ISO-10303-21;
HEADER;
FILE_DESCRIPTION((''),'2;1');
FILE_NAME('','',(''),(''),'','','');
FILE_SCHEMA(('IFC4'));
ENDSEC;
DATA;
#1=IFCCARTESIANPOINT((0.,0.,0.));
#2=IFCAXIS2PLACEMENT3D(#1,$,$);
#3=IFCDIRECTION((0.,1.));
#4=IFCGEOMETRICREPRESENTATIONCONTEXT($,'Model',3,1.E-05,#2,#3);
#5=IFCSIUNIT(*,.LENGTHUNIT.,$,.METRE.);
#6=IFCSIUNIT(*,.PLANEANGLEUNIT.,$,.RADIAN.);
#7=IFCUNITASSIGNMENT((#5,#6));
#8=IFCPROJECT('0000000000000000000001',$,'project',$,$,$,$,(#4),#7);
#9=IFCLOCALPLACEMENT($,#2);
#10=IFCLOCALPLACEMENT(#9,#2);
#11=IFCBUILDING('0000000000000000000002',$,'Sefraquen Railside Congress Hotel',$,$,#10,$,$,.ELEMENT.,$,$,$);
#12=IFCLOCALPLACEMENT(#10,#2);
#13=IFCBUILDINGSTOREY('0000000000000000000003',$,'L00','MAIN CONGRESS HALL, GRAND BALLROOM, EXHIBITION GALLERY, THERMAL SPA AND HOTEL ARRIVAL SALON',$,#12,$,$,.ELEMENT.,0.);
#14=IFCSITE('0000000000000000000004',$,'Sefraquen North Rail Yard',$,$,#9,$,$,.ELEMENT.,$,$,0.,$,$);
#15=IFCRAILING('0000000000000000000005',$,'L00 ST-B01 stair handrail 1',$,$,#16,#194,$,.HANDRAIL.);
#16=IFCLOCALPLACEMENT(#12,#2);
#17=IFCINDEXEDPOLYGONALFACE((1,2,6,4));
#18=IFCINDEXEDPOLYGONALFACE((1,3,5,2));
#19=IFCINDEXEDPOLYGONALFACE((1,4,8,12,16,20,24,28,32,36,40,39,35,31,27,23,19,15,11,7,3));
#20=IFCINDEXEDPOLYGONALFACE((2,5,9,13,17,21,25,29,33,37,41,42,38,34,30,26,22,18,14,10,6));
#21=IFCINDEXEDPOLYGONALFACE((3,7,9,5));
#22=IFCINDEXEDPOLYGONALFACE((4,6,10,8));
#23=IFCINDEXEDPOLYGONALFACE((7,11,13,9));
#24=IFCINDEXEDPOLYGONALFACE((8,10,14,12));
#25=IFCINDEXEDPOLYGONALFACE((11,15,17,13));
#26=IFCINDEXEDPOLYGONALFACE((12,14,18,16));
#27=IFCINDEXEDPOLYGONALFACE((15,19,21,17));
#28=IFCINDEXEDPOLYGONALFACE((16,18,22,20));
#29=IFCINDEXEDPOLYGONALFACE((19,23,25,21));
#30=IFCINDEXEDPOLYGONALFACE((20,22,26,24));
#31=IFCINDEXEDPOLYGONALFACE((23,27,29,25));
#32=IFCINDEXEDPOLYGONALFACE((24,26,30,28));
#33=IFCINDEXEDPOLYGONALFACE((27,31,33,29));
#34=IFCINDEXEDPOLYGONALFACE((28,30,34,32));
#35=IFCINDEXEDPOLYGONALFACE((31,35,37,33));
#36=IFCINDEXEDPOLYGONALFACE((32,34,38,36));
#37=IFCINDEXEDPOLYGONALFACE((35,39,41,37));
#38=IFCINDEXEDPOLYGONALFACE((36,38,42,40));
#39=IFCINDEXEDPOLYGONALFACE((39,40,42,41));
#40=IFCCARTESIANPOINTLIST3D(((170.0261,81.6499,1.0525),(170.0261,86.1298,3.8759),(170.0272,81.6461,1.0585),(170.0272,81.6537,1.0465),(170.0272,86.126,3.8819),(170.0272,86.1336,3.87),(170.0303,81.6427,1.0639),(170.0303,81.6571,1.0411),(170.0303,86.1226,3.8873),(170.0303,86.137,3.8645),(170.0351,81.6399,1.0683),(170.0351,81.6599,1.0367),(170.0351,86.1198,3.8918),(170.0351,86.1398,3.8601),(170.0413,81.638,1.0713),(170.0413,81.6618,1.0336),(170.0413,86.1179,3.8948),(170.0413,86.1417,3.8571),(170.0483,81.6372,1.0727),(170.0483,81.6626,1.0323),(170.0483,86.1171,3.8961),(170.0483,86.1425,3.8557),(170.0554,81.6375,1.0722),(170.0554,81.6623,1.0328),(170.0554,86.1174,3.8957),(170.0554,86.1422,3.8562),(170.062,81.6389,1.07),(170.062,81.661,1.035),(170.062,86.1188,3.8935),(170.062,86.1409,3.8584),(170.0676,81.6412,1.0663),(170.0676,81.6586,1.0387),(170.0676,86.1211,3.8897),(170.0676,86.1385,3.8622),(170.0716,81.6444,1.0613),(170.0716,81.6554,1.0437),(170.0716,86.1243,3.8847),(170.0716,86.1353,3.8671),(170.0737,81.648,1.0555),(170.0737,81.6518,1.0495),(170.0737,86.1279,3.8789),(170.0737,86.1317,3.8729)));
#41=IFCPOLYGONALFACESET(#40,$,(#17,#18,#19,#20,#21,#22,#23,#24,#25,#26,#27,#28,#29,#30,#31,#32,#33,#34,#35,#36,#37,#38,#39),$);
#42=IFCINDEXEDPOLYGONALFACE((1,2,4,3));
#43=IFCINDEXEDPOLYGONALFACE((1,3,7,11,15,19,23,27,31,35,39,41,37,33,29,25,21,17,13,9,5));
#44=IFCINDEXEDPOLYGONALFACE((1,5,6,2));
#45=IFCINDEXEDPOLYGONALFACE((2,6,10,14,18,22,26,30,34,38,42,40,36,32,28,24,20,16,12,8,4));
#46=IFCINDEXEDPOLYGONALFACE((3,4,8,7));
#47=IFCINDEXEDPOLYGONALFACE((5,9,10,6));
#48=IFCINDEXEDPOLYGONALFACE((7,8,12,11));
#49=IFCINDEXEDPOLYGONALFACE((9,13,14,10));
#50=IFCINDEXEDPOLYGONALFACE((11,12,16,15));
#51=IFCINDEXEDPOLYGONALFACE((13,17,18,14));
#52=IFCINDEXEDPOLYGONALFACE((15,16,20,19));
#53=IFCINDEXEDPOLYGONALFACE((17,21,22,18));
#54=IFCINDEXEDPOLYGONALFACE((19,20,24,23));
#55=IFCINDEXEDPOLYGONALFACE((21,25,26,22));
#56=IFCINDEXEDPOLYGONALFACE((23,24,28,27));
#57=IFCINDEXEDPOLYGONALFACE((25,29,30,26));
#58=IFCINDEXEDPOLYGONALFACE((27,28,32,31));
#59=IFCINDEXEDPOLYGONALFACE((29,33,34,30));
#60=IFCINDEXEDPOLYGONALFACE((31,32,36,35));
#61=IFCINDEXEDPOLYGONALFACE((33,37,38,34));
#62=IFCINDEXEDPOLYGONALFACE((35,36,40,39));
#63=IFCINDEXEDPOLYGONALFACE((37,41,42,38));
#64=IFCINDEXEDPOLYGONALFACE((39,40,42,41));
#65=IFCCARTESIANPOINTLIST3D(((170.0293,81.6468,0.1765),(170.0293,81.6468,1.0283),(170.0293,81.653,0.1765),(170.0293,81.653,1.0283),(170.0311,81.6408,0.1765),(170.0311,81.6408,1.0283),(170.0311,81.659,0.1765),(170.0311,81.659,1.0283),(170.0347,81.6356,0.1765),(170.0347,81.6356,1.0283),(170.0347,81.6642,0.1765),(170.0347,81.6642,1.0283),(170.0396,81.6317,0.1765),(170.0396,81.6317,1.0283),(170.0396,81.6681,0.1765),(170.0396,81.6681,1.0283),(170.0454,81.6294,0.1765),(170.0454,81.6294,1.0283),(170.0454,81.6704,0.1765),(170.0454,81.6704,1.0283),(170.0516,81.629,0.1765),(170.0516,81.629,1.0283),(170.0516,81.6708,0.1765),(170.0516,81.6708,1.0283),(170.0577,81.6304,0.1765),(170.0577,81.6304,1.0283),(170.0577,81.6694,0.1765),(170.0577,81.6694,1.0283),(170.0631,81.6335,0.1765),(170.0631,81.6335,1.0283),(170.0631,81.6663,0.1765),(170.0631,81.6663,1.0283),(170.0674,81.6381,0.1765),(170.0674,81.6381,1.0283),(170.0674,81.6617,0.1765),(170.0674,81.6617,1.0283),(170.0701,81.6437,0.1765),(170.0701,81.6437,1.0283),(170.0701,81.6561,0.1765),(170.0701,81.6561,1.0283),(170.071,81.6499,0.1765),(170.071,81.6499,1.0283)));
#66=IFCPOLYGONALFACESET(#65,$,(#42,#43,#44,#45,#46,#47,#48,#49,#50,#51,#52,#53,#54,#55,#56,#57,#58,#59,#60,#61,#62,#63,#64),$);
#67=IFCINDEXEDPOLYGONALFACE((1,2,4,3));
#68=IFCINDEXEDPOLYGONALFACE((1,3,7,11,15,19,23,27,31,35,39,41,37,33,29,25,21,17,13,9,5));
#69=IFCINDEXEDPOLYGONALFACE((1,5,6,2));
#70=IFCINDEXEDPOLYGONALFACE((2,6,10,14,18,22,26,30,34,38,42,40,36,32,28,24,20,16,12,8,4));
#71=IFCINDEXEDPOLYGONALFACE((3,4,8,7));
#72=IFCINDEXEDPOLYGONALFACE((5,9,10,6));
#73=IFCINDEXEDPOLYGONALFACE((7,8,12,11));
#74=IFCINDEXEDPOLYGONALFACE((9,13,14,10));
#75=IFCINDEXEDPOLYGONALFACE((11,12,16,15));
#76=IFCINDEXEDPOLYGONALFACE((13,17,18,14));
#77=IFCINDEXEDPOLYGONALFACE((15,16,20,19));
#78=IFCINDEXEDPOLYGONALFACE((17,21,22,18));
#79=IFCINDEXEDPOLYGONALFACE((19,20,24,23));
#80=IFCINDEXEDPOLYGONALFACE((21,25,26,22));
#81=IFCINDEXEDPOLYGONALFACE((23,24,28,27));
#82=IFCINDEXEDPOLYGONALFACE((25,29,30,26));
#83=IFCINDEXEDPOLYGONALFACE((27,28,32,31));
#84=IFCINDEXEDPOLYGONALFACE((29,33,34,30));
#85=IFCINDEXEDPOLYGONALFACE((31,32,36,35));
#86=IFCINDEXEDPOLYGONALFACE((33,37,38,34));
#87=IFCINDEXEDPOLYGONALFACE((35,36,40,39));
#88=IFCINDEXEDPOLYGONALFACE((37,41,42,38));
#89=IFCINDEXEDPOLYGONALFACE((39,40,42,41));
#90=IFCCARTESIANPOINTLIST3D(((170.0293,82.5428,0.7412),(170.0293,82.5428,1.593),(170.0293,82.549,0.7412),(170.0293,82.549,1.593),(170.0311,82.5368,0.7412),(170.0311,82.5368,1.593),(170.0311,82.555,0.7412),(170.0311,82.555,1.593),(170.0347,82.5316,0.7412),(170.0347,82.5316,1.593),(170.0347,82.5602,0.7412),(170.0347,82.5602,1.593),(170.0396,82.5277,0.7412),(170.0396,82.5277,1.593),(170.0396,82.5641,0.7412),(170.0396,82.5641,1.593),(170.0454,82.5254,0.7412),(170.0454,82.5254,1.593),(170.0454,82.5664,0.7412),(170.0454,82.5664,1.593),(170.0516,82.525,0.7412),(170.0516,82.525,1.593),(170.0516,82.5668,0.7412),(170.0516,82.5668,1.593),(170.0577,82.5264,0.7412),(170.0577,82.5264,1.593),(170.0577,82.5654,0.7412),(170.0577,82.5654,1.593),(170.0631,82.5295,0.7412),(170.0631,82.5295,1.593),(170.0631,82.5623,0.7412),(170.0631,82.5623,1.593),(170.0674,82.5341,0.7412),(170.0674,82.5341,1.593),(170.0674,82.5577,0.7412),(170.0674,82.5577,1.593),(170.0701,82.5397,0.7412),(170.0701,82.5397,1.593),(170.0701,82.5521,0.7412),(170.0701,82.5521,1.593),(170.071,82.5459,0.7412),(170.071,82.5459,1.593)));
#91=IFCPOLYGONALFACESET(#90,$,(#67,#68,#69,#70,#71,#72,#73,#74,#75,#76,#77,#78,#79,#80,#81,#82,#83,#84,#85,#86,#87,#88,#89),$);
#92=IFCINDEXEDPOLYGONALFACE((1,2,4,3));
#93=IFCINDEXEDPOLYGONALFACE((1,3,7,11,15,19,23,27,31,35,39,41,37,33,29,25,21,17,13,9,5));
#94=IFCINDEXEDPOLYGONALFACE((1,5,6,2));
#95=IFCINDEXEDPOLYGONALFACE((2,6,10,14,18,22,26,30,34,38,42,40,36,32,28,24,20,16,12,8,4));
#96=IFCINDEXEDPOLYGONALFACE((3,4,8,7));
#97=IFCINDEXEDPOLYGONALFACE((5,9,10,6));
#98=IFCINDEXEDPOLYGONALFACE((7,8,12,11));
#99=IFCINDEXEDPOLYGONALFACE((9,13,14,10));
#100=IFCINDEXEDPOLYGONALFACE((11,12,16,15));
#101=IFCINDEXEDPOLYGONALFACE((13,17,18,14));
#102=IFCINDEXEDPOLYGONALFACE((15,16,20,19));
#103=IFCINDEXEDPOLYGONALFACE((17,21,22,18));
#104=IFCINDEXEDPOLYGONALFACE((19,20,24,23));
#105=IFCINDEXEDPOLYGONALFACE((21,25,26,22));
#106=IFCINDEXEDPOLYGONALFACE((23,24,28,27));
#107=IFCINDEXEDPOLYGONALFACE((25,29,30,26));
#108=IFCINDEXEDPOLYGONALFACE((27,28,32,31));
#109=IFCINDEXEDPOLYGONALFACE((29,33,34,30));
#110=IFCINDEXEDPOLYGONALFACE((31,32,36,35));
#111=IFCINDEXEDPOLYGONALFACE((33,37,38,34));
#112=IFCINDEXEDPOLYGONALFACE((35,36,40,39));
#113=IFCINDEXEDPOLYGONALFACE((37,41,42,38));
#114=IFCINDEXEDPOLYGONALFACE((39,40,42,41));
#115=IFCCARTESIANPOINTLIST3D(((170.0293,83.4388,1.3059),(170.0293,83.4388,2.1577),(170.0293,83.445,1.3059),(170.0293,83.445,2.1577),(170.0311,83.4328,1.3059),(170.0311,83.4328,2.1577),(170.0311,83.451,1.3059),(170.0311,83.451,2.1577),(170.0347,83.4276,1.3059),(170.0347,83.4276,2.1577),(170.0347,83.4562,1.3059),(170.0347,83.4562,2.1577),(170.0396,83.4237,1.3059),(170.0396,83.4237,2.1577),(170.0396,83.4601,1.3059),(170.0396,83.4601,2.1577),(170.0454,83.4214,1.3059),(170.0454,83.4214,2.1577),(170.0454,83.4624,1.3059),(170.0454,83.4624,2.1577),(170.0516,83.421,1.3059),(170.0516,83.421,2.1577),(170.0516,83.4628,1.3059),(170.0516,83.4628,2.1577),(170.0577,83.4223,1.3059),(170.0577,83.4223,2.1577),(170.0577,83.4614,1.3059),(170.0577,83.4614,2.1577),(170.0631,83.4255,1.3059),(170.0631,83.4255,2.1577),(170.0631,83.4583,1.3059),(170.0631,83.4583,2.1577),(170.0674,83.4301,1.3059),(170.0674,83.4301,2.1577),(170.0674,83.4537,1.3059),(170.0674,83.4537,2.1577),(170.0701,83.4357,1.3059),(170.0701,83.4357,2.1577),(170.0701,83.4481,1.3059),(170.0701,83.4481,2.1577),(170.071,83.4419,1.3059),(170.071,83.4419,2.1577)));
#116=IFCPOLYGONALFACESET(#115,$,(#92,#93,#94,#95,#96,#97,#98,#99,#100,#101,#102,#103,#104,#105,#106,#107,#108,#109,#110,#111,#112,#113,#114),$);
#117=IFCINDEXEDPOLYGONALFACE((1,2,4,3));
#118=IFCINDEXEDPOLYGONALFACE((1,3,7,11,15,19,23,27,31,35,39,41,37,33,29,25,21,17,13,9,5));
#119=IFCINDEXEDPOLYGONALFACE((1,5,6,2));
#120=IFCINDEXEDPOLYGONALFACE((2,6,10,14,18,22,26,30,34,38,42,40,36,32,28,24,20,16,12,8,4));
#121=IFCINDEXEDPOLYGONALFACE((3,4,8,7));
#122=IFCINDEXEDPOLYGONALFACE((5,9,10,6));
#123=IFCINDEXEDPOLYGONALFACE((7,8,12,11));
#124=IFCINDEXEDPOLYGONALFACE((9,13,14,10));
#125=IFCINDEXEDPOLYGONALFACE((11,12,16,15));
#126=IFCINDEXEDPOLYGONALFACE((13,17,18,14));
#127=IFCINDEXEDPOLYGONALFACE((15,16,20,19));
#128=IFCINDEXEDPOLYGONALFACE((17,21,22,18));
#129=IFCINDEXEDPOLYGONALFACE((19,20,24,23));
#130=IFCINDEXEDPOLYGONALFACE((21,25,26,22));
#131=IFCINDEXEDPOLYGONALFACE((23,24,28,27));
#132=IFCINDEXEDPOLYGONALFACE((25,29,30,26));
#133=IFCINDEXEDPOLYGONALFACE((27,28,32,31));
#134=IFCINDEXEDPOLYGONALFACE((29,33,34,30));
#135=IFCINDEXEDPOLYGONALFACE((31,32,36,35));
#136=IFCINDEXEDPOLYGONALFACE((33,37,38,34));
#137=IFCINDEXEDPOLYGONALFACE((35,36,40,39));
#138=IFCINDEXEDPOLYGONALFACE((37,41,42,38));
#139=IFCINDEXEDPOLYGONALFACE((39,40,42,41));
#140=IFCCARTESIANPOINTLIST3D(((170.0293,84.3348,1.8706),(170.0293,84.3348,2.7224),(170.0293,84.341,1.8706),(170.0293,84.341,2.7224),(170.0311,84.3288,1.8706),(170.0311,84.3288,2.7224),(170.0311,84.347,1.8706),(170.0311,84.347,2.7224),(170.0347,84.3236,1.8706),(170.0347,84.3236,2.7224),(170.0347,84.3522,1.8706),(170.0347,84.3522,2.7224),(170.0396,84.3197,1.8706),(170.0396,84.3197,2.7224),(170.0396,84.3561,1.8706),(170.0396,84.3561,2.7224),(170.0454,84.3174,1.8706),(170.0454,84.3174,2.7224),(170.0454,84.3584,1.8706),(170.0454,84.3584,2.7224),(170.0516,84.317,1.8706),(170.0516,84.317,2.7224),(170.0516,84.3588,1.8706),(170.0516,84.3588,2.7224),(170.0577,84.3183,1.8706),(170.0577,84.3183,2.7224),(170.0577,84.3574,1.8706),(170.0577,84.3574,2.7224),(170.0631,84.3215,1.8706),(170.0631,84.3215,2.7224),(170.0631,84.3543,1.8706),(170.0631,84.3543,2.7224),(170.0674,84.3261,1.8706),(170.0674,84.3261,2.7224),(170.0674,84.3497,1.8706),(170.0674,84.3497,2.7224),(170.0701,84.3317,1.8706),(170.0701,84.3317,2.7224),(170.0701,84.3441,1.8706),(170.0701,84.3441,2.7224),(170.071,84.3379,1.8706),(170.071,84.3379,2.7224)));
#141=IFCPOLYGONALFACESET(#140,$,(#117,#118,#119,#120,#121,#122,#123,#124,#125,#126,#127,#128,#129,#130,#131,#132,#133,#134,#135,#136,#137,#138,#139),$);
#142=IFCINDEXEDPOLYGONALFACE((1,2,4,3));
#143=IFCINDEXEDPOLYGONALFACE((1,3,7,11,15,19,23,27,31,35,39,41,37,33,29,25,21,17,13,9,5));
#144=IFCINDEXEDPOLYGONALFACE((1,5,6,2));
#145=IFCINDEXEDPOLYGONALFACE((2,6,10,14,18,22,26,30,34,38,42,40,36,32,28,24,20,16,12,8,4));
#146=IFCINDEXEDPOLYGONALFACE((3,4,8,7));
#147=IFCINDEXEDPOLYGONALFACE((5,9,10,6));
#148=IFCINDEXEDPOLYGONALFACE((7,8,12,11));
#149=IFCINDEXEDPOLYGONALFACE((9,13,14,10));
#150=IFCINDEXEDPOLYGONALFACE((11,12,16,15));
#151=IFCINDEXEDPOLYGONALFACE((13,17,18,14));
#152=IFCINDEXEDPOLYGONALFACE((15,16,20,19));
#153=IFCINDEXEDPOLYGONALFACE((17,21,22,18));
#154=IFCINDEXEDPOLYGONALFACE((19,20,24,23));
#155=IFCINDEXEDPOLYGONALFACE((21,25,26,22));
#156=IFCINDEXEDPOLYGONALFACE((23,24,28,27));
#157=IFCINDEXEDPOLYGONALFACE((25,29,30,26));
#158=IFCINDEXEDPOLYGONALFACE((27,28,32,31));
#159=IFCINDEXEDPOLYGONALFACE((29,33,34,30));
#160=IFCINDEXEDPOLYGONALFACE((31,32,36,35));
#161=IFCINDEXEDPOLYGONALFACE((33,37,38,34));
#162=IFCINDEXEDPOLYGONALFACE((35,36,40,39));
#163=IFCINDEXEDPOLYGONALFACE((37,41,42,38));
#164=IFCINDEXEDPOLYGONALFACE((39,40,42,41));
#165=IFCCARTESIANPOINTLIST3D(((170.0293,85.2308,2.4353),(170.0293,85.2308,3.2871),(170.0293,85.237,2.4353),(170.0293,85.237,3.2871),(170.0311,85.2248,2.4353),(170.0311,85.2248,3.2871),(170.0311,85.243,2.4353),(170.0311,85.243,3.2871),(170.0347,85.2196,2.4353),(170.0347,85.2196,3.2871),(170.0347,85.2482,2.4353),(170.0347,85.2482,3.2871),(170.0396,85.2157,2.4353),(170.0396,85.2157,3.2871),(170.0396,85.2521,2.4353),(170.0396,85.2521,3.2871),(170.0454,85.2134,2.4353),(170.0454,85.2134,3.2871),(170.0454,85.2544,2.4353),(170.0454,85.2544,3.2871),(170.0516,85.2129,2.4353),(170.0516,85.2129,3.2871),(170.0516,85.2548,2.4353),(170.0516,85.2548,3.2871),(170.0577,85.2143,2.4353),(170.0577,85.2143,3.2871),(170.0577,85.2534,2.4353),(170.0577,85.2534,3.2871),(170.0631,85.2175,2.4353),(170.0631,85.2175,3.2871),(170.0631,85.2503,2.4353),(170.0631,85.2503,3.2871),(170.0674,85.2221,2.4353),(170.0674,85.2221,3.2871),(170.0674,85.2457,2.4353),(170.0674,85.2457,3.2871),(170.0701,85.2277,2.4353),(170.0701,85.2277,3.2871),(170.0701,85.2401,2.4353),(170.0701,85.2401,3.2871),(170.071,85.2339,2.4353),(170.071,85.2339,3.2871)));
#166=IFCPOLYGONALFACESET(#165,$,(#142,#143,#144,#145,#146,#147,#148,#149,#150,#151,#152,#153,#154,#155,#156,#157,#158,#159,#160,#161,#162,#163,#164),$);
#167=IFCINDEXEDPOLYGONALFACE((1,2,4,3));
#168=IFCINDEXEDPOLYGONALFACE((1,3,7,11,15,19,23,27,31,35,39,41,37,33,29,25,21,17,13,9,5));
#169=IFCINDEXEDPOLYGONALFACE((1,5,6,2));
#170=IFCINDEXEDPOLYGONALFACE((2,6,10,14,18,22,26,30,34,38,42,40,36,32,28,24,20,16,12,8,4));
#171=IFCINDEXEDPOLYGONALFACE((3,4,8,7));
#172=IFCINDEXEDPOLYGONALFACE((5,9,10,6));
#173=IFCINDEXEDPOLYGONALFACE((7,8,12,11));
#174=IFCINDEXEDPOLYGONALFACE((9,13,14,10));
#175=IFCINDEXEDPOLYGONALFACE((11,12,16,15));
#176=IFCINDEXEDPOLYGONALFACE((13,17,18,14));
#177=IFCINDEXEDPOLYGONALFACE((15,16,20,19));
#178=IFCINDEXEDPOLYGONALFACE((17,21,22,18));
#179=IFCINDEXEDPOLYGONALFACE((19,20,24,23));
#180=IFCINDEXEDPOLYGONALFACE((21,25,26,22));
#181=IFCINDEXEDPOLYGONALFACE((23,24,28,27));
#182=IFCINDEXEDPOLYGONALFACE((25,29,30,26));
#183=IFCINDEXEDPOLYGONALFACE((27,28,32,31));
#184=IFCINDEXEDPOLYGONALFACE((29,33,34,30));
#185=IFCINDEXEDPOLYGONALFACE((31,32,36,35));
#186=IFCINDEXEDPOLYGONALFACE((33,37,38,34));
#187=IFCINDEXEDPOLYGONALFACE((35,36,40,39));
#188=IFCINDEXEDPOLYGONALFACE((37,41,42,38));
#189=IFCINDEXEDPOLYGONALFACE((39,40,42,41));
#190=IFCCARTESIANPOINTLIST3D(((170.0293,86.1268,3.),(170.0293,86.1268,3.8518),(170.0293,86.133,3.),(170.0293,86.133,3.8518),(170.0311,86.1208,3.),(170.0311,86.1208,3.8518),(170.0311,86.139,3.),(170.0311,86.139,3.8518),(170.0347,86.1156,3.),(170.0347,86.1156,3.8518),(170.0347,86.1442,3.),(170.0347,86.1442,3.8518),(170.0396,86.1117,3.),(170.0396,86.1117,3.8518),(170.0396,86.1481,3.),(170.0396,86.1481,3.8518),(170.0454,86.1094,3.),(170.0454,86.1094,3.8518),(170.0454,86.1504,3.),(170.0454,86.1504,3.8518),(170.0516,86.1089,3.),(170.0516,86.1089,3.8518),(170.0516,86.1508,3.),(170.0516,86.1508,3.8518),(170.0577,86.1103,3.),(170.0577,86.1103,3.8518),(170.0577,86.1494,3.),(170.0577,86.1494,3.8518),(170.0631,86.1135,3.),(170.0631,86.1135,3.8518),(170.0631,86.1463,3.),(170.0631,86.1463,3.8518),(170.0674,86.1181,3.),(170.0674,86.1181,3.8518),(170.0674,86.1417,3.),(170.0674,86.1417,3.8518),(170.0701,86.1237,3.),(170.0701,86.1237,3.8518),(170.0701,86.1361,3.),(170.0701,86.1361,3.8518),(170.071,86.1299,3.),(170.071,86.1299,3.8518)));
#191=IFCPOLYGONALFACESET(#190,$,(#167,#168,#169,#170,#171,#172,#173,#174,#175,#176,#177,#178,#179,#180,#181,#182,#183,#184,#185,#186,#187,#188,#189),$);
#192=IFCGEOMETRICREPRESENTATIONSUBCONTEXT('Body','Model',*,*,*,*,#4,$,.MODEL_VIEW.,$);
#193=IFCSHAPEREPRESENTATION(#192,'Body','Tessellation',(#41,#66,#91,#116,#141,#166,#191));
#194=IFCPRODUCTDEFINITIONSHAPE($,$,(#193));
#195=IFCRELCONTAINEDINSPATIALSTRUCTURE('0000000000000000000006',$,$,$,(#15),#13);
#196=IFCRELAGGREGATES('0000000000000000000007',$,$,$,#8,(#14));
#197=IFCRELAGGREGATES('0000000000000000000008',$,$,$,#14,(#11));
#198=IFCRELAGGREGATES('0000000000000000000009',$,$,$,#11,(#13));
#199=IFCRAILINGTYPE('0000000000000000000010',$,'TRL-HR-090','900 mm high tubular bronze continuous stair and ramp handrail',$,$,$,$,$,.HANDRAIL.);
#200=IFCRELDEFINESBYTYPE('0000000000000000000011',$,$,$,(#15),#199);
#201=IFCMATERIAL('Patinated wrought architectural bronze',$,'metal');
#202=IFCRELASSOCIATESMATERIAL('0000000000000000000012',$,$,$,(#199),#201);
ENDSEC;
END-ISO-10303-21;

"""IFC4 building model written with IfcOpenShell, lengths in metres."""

from ifc_helpers import new_model, si_unit, direction, frame, origin, origin_2d, place, context, subcontext, project, spatial, circle, extrude, material, type_object, element, save


model = new_model("IFC4")

# Units and contexts
model_context = context("Model", 3, precision=1e-05, world=origin(), true_north=direction((0.0, 1.0)))
body_context = subcontext(model_context, "Body", "Model", "MODEL_VIEW")
ifc_project = project(units=[si_unit("LENGTHUNIT", "METRE"), si_unit("PLANEANGLEUNIT", "RADIAN")], contexts=[model_context])

# Site, building, storey
site_placement = place(None, origin())
site = spatial("IfcSite", under=ifc_project, at=site_placement, Name="Sefraquen North Rail Yard", CompositionType="ELEMENT", RefElevation=0.0)
building_placement = place(site_placement, origin())
building = spatial("IfcBuilding", under=site, at=building_placement, Name="Sefraquen Railside Congress Hotel", CompositionType="ELEMENT")
storey_placement = place(building_placement, origin())
storey = spatial("IfcBuildingStorey", under=building, at=storey_placement, Name="L00", Description="MAIN CONGRESS HALL, GRAND BALLROOM, EXHIBITION GALLERY, THERMAL SPA AND HOTEL ARRIVAL SALON", CompositionType="ELEMENT", Elevation=0.0)

# Railing
ifc_material_1 = material(Name="Patinated wrought architectural bronze", Category="metal")
railing_type_1 = type_object("IfcRailingType", Name="TRL-HR-090", Description="900 mm high tubular bronze continuous stair and ramp handrail", PredefinedType="HANDRAIL", material=ifc_material_1)
railing_1_placement = place(storey_placement, frame((170.05, 81.6499, 0.1765)))
element("IfcRailing", 1, at=railing_1_placement, inside=storey, type_object=railing_type_1, Name="L00 ST-B01 stair handrail 1", PredefinedType="HANDRAIL", context=body_context, shape_type="SweptSolid", body=[
    extrude(circle(Radius=0.0239, at=origin_2d()), frame((0.0, 0.0, 0.876), z_axis=(0.0, 0.845998, 0.533186), x_axis=(-1.0, 0.0, 0.0)), (0.0, 0.0, 1.0), 5.2954),
    extrude(circle(Radius=0.021, at=origin_2d()), origin(), (0.0, 0.0, 1.0), 0.8518),
    extrude(circle(Radius=0.021, at=origin_2d()), frame((0.0, 0.896, 0.5647)), (0.0, 0.0, 1.0), 0.8518),
    extrude(circle(Radius=0.021, at=origin_2d()), frame((0.0, 1.792, 1.1294)), (0.0, 0.0, 1.0), 0.8518),
    extrude(circle(Radius=0.021, at=origin_2d()), frame((0.0, 2.688, 1.6941)), (0.0, 0.0, 1.0), 0.8518),
    extrude(circle(Radius=0.021, at=origin_2d()), frame((0.0, 3.584, 2.2588)), (0.0, 0.0, 1.0), 0.8518),
    extrude(circle(Radius=0.021, at=origin_2d()), frame((0.0, 4.48, 2.8235)), (0.0, 0.0, 1.0), 0.8518),
])

save(model, "model.ifc")
